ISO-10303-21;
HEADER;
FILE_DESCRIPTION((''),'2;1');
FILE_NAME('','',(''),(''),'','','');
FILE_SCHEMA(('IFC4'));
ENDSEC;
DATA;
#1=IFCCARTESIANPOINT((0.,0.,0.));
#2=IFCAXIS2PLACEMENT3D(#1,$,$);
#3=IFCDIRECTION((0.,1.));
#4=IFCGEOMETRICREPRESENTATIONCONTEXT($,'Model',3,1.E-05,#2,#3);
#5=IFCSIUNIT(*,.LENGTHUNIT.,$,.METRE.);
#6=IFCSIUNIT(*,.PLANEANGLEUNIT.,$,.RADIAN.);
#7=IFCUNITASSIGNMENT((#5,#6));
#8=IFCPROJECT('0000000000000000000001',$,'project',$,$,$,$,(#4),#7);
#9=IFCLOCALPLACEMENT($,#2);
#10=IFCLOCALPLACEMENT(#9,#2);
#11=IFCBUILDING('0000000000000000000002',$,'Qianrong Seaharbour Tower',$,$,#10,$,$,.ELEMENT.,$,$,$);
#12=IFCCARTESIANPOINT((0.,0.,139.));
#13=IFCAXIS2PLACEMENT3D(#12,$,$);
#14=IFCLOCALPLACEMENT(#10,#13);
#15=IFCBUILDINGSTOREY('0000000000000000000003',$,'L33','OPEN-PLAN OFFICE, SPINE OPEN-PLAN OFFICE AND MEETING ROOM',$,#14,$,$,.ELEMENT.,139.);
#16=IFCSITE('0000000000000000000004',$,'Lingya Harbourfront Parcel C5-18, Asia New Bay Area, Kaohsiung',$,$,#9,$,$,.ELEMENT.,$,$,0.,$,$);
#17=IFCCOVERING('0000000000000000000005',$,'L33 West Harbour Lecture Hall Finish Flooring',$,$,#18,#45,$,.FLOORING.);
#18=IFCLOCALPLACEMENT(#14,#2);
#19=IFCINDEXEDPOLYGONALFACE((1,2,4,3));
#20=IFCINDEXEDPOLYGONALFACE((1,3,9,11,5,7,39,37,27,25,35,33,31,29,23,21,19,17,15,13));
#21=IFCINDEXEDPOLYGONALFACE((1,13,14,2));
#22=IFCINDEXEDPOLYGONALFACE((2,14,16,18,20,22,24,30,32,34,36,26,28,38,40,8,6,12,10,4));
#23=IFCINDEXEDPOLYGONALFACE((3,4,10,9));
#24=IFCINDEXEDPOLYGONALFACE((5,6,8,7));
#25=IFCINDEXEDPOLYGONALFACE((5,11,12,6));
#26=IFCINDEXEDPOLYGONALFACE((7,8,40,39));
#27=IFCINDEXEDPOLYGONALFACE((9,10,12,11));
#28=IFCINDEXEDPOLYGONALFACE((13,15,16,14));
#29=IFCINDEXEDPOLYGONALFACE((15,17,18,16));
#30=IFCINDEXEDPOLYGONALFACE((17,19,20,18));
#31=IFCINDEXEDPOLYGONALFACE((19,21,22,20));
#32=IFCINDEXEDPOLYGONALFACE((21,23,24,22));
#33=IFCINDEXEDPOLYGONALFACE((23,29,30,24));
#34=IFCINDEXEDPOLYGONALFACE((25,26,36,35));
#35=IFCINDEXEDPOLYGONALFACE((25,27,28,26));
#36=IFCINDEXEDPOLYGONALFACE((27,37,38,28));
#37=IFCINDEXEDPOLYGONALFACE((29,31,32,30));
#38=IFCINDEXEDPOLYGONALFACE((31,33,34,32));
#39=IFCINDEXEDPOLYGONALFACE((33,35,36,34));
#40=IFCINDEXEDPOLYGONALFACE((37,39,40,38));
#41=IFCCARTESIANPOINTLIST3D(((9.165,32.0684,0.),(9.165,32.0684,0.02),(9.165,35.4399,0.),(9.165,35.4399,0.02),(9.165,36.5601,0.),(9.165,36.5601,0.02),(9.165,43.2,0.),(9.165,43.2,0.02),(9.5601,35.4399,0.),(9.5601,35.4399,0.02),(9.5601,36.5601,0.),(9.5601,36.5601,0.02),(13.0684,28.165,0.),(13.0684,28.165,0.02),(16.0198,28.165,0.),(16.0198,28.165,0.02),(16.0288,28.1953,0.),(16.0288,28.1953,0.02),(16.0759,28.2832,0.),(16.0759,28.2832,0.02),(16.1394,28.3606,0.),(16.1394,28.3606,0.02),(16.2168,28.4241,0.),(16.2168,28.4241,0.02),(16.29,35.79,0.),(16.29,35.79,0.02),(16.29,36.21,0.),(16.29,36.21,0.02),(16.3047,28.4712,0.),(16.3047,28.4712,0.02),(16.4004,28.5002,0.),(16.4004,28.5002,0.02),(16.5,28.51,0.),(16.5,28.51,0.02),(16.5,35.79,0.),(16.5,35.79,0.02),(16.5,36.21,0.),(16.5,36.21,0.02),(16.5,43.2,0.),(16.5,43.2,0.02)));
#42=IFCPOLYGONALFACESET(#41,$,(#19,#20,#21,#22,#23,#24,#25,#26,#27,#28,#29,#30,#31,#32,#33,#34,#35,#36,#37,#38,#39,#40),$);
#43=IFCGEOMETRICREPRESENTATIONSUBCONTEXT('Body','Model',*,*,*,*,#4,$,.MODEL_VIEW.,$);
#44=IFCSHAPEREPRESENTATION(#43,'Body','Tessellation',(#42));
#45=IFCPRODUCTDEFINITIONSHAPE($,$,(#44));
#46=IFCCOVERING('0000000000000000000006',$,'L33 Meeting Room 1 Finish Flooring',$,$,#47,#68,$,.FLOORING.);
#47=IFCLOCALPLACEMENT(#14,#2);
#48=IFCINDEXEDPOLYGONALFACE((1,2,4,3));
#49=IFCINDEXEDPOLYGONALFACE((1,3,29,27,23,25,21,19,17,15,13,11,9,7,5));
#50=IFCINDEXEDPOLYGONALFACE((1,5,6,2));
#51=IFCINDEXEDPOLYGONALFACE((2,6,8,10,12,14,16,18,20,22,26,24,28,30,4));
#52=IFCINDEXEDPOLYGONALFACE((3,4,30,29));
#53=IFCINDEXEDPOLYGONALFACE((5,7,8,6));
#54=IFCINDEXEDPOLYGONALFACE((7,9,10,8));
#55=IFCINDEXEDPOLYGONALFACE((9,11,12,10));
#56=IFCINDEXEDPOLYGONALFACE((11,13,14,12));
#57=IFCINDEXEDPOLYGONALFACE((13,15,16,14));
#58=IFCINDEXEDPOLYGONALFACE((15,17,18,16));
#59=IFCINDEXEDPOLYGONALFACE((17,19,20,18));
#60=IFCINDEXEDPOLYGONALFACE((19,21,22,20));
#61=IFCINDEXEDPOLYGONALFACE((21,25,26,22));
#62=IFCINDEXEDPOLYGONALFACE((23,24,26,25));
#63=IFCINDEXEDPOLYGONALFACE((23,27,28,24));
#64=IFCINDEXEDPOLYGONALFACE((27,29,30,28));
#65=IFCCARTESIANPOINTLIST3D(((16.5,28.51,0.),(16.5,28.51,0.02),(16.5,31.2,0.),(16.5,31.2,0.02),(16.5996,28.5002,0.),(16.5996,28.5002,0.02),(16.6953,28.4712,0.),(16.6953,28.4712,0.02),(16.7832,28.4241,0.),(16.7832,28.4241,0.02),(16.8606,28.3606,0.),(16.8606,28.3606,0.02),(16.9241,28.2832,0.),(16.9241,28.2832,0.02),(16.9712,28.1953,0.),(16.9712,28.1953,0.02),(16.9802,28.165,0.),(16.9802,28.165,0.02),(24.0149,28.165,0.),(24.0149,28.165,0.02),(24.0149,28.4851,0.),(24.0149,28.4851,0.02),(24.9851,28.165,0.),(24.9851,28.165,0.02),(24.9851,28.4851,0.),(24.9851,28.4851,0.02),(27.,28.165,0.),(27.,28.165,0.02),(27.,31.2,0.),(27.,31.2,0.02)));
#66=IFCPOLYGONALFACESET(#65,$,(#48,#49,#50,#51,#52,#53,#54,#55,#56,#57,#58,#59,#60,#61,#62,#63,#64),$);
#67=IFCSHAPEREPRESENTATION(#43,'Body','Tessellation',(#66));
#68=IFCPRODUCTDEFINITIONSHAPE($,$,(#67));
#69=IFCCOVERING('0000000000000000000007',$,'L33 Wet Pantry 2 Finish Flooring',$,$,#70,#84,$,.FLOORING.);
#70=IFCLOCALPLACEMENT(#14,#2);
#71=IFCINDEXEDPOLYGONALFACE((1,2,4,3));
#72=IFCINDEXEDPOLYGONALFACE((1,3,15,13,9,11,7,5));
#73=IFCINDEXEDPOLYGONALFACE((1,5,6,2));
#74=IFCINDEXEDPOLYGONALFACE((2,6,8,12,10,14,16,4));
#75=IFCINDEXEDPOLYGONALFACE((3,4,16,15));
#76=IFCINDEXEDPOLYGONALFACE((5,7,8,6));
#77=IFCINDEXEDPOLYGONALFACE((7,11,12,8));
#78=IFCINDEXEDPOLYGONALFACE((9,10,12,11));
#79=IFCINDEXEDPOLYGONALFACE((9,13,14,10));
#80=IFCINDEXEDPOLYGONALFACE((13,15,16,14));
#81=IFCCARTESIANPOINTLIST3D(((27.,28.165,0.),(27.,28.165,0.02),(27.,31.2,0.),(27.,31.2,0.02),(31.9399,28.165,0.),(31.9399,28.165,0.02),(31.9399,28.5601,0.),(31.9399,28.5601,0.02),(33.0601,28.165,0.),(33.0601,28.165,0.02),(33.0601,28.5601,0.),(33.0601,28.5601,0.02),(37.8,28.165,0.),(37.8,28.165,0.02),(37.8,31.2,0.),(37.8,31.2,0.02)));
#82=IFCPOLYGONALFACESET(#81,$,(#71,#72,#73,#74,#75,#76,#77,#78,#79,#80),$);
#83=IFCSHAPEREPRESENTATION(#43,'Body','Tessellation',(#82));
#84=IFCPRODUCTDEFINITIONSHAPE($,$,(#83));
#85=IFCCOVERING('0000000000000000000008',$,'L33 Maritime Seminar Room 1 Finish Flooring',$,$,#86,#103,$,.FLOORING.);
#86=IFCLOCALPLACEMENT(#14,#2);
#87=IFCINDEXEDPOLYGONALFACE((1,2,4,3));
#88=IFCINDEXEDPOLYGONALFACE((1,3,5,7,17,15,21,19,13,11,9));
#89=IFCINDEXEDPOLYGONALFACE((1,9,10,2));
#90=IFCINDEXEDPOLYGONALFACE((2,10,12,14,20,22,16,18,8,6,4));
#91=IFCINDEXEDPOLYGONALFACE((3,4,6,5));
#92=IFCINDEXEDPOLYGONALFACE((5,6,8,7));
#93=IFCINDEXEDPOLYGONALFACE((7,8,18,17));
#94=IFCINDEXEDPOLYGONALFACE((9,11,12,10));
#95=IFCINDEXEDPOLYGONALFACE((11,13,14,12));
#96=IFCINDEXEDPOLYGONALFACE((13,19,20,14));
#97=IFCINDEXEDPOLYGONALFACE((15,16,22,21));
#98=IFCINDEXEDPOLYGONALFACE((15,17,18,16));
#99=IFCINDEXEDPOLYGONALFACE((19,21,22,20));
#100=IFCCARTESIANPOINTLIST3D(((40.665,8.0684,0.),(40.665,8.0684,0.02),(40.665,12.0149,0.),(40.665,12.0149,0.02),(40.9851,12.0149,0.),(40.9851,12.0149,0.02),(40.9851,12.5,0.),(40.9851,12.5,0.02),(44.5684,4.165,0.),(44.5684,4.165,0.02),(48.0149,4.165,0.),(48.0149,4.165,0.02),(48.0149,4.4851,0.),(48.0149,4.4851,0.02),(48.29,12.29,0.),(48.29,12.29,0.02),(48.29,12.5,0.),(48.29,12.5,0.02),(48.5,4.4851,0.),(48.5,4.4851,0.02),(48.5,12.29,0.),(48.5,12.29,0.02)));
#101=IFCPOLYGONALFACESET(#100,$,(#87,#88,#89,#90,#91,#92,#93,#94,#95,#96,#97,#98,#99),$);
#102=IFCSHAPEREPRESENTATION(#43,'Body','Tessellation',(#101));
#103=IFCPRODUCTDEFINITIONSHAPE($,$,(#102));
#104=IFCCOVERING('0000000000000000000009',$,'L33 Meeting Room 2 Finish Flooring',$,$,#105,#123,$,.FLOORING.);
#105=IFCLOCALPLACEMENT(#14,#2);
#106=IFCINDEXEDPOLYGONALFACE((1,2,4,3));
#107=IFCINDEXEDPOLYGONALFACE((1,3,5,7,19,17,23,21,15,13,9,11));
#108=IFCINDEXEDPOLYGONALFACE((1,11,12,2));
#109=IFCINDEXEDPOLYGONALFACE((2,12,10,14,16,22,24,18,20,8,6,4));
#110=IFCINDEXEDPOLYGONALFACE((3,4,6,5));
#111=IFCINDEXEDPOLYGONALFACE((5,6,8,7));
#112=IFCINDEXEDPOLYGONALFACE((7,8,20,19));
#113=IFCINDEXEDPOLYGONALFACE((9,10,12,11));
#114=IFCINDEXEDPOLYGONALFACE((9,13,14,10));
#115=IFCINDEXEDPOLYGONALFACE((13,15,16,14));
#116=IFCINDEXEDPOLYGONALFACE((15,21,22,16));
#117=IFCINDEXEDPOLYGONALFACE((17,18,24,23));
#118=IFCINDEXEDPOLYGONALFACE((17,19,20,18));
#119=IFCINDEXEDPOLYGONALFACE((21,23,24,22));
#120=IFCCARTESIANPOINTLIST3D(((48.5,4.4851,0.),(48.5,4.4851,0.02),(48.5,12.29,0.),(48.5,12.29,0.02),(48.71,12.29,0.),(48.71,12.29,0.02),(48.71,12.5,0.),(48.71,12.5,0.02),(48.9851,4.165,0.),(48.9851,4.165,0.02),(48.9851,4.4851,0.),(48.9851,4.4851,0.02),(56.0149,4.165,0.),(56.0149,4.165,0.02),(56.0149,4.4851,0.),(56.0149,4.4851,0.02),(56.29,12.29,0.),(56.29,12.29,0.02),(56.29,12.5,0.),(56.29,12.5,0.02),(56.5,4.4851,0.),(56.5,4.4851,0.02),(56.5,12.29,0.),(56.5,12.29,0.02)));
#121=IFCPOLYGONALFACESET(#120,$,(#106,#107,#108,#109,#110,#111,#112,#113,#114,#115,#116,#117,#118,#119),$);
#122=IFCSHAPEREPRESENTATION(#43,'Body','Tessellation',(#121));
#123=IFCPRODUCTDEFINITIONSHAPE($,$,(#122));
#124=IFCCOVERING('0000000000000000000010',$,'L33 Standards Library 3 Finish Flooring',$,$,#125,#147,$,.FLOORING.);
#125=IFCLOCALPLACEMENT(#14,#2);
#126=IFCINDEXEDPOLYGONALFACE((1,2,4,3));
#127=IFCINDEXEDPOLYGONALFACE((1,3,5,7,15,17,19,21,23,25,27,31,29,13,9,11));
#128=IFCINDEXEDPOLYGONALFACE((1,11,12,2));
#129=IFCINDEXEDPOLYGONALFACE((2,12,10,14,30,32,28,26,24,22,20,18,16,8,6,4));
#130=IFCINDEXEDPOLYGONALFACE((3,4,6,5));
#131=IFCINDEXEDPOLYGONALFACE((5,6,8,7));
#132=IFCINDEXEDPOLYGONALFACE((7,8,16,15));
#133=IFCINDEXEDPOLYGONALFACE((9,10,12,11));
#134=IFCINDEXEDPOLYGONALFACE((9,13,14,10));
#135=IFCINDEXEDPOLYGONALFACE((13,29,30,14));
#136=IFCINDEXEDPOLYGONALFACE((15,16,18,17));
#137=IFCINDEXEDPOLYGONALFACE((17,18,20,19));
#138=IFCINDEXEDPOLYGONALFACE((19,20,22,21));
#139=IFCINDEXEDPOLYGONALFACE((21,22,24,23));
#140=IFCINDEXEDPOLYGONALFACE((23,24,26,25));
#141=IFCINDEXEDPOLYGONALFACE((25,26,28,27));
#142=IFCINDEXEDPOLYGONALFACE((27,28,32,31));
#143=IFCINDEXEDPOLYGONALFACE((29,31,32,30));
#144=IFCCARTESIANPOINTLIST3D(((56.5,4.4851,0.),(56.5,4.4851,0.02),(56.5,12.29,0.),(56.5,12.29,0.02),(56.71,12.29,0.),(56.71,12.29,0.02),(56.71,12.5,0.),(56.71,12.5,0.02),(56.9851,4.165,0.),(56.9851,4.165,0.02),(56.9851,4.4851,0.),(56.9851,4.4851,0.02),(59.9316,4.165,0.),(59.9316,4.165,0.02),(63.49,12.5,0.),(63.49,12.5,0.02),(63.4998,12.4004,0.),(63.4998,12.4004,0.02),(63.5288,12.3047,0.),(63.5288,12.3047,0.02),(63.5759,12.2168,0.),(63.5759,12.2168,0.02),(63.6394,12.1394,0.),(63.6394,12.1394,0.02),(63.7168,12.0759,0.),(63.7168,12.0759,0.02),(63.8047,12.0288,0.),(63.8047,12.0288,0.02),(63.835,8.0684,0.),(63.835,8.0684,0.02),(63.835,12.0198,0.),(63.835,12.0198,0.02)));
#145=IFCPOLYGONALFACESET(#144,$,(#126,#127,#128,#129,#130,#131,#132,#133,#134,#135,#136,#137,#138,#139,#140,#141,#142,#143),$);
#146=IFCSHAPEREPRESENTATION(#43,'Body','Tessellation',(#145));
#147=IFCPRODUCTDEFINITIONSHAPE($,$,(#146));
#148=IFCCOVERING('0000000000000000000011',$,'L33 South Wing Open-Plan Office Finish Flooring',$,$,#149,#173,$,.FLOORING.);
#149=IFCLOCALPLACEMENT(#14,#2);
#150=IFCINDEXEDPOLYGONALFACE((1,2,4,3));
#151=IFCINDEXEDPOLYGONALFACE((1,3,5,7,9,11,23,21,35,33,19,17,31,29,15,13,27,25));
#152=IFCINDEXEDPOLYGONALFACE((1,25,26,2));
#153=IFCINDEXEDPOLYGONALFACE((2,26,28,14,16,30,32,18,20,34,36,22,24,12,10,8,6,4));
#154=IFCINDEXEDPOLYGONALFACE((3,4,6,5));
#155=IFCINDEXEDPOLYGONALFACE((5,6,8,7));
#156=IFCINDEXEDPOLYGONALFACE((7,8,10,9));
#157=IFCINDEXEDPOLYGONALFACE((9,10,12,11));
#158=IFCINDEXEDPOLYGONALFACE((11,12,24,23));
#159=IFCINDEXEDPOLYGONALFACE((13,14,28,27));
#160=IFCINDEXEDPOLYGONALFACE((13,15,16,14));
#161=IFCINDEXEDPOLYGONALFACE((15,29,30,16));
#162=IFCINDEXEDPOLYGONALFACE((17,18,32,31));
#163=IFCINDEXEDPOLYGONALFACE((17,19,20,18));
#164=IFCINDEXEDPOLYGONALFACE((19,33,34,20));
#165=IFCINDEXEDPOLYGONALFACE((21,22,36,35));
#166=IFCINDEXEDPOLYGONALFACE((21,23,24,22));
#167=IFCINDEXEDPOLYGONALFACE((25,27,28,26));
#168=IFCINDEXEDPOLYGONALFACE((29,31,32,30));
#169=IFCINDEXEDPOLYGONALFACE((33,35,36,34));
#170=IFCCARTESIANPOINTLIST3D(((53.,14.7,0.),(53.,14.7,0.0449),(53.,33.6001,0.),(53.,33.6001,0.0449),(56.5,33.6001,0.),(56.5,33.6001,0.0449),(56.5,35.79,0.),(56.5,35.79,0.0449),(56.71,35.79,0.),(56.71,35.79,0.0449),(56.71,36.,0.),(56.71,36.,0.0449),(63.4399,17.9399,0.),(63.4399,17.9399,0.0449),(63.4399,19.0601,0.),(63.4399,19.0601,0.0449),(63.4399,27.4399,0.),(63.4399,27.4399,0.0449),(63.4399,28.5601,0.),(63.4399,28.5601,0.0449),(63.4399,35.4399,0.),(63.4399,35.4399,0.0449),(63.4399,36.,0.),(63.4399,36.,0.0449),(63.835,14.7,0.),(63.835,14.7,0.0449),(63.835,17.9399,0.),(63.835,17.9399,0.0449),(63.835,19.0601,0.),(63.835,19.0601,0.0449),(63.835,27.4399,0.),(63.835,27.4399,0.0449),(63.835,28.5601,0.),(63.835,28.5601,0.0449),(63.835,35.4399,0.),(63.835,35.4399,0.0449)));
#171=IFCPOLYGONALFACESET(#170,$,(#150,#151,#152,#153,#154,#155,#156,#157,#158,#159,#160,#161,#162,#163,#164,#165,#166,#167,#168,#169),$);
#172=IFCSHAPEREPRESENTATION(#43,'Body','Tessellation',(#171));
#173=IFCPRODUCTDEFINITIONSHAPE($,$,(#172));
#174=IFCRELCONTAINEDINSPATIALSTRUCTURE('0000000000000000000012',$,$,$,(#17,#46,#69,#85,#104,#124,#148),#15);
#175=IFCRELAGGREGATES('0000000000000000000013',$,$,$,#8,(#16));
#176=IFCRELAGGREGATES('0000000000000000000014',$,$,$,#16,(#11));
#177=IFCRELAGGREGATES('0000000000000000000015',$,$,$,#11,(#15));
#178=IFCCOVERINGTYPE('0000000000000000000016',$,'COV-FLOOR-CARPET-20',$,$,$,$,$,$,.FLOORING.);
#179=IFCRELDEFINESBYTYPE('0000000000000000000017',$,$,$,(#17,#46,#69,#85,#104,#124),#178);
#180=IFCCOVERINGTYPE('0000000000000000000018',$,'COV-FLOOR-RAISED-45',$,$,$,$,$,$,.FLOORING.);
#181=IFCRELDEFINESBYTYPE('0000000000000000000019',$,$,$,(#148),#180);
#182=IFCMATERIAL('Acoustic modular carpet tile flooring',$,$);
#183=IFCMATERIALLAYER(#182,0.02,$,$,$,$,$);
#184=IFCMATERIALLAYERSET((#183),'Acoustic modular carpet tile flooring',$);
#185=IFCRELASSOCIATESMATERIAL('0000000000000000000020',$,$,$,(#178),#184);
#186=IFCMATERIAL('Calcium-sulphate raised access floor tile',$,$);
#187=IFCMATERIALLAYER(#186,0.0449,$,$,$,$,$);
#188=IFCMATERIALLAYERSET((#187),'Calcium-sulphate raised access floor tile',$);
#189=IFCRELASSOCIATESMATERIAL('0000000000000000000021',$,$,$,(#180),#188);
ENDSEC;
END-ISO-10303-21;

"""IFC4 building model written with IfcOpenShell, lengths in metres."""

from ifc_helpers import new_model, si_unit, direction, frame, origin, place, context, subcontext, project, spatial, polyline, outline, extrude, material, layer, layer_set, type_object, element, save


model = new_model("IFC4")

# Units and contexts
model_context = context("Model", 3, precision=1e-05, world=origin(), true_north=direction((0.0, 1.0)))
body_context = subcontext(model_context, "Body", "Model", "MODEL_VIEW")
ifc_project = project(units=[si_unit("LENGTHUNIT", "METRE"), si_unit("PLANEANGLEUNIT", "RADIAN")], contexts=[model_context])

# Site, building, storey
site_placement = place(None, origin())
site = spatial("IfcSite", under=ifc_project, at=site_placement, Name="Lingya Harbourfront Parcel C5-18, Asia New Bay Area, Kaohsiung", CompositionType="ELEMENT", RefElevation=0.0)
building_placement = place(site_placement, origin())
building = spatial("IfcBuilding", under=site, at=building_placement, Name="Qianrong Seaharbour Tower", CompositionType="ELEMENT")
storey_placement = place(building_placement, frame((0.0, 0.0, 139.0)))
storey = spatial("IfcBuildingStorey", under=building, at=storey_placement, Name="L33", Description="OPEN-PLAN OFFICE, SPINE OPEN-PLAN OFFICE AND MEETING ROOM", CompositionType="ELEMENT", Elevation=139.0)

# Coverings
ifc_material_1 = material(Name="Acoustic modular carpet tile flooring")
ifc_layer_1 = layer(ifc_material_1, 0.02)
ifc_layer_set_1 = layer_set([ifc_layer_1], Name="Acoustic modular carpet tile flooring")
covering_type_1 = type_object("IfcCoveringType", Name="COV-FLOOR-CARPET-20", PredefinedType="FLOORING", material=ifc_layer_set_1)
covering_1_placement = place(storey_placement, origin())
element("IfcCovering", 1, at=covering_1_placement, inside=storey, type_object=covering_type_1, Name="L33 West Harbour Lecture Hall Finish Flooring", PredefinedType="FLOORING", context=body_context, shape_type="SweptSolid", body=[
    extrude(outline(polyline([(13.0684, 28.165), (9.165, 32.0684), (9.165, 35.4399), (9.5601, 35.4399), (9.5601, 36.5601), (9.165, 36.5601), (9.165, 43.2), (16.5, 43.2), (16.5, 36.21), (16.29, 36.21), (16.29, 35.79), (16.5, 35.79), (16.5, 28.51), (16.4004, 28.5002), (16.3047, 28.4712), (16.2168, 28.4241), (16.1394, 28.3606), (16.0759, 28.2832), (16.0288, 28.1953), (16.0198, 28.165), (13.0684, 28.165)])), origin(), (0.0, 0.0, 1.0), 0.02),
])
covering_2_placement = place(storey_placement, origin())
element("IfcCovering", 2, at=covering_2_placement, inside=storey, type_object=covering_type_1, Name="L33 Meeting Room 1 Finish Flooring", PredefinedType="FLOORING", context=body_context, shape_type="SweptSolid", body=[
    extrude(outline(polyline([(27.0, 28.165), (24.9851, 28.165), (24.9851, 28.4851), (24.0149, 28.4851), (24.0149, 28.165), (16.9802, 28.165), (16.9712, 28.1953), (16.9241, 28.2832), (16.8606, 28.3606), (16.7832, 28.4241), (16.6953, 28.4712), (16.5996, 28.5002), (16.5, 28.51), (16.5, 31.2), (27.0, 31.2), (27.0, 28.165)])), origin(), (0.0, 0.0, 1.0), 0.02),
])
covering_3_placement = place(storey_placement, origin())
element("IfcCovering", 3, at=covering_3_placement, inside=storey, type_object=covering_type_1, Name="L33 Wet Pantry 2 Finish Flooring", PredefinedType="FLOORING", context=body_context, shape_type="SweptSolid", body=[
    extrude(outline(polyline([(37.8, 28.165), (33.0601, 28.165), (33.0601, 28.5601), (31.9399, 28.5601), (31.9399, 28.165), (27.0, 28.165), (27.0, 31.2), (37.8, 31.2), (37.8, 28.165)])), origin(), (0.0, 0.0, 1.0), 0.02),
])
covering_4_placement = place(storey_placement, origin())
element("IfcCovering", 4, at=covering_4_placement, inside=storey, type_object=covering_type_1, Name="L33 Maritime Seminar Room 1 Finish Flooring", PredefinedType="FLOORING", context=body_context, shape_type="SweptSolid", body=[
    extrude(outline(polyline([(44.5684, 4.165), (40.665, 8.0684), (40.665, 12.0149), (40.9851, 12.0149), (40.9851, 12.5), (48.29, 12.5), (48.29, 12.29), (48.5, 12.29), (48.5, 4.4851), (48.0149, 4.4851), (48.0149, 4.165), (44.5684, 4.165)])), origin(), (0.0, 0.0, 1.0), 0.02),
])
covering_5_placement = place(storey_placement, origin())
element("IfcCovering", 5, at=covering_5_placement, inside=storey, type_object=covering_type_1, Name="L33 Meeting Room 2 Finish Flooring", PredefinedType="FLOORING", context=body_context, shape_type="SweptSolid", body=[
    extrude(outline(polyline([(56.5, 4.4851), (56.0149, 4.4851), (56.0149, 4.165), (48.9851, 4.165), (48.9851, 4.4851), (48.5, 4.4851), (48.5, 12.29), (48.71, 12.29), (48.71, 12.5), (56.29, 12.5), (56.29, 12.29), (56.5, 12.29), (56.5, 4.4851)])), origin(), (0.0, 0.0, 1.0), 0.02),
])
covering_6_placement = place(storey_placement, origin())
element("IfcCovering", 6, at=covering_6_placement, inside=storey, type_object=covering_type_1, Name="L33 Standards Library 3 Finish Flooring", PredefinedType="FLOORING", context=body_context, shape_type="SweptSolid", body=[
    extrude(outline(polyline([(63.835, 8.0684), (59.9316, 4.165), (56.9851, 4.165), (56.9851, 4.4851), (56.5, 4.4851), (56.5, 12.29), (56.71, 12.29), (56.71, 12.5), (63.49, 12.5), (63.4998, 12.4004), (63.5288, 12.3047), (63.5759, 12.2168), (63.6394, 12.1394), (63.7168, 12.0759), (63.8047, 12.0288), (63.835, 12.0198), (63.835, 8.0684)])), origin(), (0.0, 0.0, 1.0), 0.02),
])
ifc_material_2 = material(Name="Calcium-sulphate raised access floor tile")
ifc_layer_2 = layer(ifc_material_2, 0.0449)
ifc_layer_set_2 = layer_set([ifc_layer_2], Name="Calcium-sulphate raised access floor tile")
covering_type_2 = type_object("IfcCoveringType", Name="COV-FLOOR-RAISED-45", PredefinedType="FLOORING", material=ifc_layer_set_2)
covering_7_placement = place(storey_placement, origin())
element("IfcCovering", 7, at=covering_7_placement, inside=storey, type_object=covering_type_2, Name="L33 South Wing Open-Plan Office Finish Flooring", PredefinedType="FLOORING", context=body_context, shape_type="SweptSolid", body=[
    extrude(outline(polyline([(56.5, 33.6001), (56.5, 35.79), (56.71, 35.79), (56.71, 36.0), (63.4399, 36.0), (63.4399, 35.4399), (63.835, 35.4399), (63.835, 28.5601), (63.4399, 28.5601), (63.4399, 27.4399), (63.835, 27.4399), (63.835, 19.0601), (63.4399, 19.0601), (63.4399, 17.9399), (63.835, 17.9399), (63.835, 14.7), (53.0, 14.7), (53.0, 33.6001), (56.5, 33.6001)])), origin(), (0.0, 0.0, 1.0), 0.0449),
])

save(model, "model.ifc")
